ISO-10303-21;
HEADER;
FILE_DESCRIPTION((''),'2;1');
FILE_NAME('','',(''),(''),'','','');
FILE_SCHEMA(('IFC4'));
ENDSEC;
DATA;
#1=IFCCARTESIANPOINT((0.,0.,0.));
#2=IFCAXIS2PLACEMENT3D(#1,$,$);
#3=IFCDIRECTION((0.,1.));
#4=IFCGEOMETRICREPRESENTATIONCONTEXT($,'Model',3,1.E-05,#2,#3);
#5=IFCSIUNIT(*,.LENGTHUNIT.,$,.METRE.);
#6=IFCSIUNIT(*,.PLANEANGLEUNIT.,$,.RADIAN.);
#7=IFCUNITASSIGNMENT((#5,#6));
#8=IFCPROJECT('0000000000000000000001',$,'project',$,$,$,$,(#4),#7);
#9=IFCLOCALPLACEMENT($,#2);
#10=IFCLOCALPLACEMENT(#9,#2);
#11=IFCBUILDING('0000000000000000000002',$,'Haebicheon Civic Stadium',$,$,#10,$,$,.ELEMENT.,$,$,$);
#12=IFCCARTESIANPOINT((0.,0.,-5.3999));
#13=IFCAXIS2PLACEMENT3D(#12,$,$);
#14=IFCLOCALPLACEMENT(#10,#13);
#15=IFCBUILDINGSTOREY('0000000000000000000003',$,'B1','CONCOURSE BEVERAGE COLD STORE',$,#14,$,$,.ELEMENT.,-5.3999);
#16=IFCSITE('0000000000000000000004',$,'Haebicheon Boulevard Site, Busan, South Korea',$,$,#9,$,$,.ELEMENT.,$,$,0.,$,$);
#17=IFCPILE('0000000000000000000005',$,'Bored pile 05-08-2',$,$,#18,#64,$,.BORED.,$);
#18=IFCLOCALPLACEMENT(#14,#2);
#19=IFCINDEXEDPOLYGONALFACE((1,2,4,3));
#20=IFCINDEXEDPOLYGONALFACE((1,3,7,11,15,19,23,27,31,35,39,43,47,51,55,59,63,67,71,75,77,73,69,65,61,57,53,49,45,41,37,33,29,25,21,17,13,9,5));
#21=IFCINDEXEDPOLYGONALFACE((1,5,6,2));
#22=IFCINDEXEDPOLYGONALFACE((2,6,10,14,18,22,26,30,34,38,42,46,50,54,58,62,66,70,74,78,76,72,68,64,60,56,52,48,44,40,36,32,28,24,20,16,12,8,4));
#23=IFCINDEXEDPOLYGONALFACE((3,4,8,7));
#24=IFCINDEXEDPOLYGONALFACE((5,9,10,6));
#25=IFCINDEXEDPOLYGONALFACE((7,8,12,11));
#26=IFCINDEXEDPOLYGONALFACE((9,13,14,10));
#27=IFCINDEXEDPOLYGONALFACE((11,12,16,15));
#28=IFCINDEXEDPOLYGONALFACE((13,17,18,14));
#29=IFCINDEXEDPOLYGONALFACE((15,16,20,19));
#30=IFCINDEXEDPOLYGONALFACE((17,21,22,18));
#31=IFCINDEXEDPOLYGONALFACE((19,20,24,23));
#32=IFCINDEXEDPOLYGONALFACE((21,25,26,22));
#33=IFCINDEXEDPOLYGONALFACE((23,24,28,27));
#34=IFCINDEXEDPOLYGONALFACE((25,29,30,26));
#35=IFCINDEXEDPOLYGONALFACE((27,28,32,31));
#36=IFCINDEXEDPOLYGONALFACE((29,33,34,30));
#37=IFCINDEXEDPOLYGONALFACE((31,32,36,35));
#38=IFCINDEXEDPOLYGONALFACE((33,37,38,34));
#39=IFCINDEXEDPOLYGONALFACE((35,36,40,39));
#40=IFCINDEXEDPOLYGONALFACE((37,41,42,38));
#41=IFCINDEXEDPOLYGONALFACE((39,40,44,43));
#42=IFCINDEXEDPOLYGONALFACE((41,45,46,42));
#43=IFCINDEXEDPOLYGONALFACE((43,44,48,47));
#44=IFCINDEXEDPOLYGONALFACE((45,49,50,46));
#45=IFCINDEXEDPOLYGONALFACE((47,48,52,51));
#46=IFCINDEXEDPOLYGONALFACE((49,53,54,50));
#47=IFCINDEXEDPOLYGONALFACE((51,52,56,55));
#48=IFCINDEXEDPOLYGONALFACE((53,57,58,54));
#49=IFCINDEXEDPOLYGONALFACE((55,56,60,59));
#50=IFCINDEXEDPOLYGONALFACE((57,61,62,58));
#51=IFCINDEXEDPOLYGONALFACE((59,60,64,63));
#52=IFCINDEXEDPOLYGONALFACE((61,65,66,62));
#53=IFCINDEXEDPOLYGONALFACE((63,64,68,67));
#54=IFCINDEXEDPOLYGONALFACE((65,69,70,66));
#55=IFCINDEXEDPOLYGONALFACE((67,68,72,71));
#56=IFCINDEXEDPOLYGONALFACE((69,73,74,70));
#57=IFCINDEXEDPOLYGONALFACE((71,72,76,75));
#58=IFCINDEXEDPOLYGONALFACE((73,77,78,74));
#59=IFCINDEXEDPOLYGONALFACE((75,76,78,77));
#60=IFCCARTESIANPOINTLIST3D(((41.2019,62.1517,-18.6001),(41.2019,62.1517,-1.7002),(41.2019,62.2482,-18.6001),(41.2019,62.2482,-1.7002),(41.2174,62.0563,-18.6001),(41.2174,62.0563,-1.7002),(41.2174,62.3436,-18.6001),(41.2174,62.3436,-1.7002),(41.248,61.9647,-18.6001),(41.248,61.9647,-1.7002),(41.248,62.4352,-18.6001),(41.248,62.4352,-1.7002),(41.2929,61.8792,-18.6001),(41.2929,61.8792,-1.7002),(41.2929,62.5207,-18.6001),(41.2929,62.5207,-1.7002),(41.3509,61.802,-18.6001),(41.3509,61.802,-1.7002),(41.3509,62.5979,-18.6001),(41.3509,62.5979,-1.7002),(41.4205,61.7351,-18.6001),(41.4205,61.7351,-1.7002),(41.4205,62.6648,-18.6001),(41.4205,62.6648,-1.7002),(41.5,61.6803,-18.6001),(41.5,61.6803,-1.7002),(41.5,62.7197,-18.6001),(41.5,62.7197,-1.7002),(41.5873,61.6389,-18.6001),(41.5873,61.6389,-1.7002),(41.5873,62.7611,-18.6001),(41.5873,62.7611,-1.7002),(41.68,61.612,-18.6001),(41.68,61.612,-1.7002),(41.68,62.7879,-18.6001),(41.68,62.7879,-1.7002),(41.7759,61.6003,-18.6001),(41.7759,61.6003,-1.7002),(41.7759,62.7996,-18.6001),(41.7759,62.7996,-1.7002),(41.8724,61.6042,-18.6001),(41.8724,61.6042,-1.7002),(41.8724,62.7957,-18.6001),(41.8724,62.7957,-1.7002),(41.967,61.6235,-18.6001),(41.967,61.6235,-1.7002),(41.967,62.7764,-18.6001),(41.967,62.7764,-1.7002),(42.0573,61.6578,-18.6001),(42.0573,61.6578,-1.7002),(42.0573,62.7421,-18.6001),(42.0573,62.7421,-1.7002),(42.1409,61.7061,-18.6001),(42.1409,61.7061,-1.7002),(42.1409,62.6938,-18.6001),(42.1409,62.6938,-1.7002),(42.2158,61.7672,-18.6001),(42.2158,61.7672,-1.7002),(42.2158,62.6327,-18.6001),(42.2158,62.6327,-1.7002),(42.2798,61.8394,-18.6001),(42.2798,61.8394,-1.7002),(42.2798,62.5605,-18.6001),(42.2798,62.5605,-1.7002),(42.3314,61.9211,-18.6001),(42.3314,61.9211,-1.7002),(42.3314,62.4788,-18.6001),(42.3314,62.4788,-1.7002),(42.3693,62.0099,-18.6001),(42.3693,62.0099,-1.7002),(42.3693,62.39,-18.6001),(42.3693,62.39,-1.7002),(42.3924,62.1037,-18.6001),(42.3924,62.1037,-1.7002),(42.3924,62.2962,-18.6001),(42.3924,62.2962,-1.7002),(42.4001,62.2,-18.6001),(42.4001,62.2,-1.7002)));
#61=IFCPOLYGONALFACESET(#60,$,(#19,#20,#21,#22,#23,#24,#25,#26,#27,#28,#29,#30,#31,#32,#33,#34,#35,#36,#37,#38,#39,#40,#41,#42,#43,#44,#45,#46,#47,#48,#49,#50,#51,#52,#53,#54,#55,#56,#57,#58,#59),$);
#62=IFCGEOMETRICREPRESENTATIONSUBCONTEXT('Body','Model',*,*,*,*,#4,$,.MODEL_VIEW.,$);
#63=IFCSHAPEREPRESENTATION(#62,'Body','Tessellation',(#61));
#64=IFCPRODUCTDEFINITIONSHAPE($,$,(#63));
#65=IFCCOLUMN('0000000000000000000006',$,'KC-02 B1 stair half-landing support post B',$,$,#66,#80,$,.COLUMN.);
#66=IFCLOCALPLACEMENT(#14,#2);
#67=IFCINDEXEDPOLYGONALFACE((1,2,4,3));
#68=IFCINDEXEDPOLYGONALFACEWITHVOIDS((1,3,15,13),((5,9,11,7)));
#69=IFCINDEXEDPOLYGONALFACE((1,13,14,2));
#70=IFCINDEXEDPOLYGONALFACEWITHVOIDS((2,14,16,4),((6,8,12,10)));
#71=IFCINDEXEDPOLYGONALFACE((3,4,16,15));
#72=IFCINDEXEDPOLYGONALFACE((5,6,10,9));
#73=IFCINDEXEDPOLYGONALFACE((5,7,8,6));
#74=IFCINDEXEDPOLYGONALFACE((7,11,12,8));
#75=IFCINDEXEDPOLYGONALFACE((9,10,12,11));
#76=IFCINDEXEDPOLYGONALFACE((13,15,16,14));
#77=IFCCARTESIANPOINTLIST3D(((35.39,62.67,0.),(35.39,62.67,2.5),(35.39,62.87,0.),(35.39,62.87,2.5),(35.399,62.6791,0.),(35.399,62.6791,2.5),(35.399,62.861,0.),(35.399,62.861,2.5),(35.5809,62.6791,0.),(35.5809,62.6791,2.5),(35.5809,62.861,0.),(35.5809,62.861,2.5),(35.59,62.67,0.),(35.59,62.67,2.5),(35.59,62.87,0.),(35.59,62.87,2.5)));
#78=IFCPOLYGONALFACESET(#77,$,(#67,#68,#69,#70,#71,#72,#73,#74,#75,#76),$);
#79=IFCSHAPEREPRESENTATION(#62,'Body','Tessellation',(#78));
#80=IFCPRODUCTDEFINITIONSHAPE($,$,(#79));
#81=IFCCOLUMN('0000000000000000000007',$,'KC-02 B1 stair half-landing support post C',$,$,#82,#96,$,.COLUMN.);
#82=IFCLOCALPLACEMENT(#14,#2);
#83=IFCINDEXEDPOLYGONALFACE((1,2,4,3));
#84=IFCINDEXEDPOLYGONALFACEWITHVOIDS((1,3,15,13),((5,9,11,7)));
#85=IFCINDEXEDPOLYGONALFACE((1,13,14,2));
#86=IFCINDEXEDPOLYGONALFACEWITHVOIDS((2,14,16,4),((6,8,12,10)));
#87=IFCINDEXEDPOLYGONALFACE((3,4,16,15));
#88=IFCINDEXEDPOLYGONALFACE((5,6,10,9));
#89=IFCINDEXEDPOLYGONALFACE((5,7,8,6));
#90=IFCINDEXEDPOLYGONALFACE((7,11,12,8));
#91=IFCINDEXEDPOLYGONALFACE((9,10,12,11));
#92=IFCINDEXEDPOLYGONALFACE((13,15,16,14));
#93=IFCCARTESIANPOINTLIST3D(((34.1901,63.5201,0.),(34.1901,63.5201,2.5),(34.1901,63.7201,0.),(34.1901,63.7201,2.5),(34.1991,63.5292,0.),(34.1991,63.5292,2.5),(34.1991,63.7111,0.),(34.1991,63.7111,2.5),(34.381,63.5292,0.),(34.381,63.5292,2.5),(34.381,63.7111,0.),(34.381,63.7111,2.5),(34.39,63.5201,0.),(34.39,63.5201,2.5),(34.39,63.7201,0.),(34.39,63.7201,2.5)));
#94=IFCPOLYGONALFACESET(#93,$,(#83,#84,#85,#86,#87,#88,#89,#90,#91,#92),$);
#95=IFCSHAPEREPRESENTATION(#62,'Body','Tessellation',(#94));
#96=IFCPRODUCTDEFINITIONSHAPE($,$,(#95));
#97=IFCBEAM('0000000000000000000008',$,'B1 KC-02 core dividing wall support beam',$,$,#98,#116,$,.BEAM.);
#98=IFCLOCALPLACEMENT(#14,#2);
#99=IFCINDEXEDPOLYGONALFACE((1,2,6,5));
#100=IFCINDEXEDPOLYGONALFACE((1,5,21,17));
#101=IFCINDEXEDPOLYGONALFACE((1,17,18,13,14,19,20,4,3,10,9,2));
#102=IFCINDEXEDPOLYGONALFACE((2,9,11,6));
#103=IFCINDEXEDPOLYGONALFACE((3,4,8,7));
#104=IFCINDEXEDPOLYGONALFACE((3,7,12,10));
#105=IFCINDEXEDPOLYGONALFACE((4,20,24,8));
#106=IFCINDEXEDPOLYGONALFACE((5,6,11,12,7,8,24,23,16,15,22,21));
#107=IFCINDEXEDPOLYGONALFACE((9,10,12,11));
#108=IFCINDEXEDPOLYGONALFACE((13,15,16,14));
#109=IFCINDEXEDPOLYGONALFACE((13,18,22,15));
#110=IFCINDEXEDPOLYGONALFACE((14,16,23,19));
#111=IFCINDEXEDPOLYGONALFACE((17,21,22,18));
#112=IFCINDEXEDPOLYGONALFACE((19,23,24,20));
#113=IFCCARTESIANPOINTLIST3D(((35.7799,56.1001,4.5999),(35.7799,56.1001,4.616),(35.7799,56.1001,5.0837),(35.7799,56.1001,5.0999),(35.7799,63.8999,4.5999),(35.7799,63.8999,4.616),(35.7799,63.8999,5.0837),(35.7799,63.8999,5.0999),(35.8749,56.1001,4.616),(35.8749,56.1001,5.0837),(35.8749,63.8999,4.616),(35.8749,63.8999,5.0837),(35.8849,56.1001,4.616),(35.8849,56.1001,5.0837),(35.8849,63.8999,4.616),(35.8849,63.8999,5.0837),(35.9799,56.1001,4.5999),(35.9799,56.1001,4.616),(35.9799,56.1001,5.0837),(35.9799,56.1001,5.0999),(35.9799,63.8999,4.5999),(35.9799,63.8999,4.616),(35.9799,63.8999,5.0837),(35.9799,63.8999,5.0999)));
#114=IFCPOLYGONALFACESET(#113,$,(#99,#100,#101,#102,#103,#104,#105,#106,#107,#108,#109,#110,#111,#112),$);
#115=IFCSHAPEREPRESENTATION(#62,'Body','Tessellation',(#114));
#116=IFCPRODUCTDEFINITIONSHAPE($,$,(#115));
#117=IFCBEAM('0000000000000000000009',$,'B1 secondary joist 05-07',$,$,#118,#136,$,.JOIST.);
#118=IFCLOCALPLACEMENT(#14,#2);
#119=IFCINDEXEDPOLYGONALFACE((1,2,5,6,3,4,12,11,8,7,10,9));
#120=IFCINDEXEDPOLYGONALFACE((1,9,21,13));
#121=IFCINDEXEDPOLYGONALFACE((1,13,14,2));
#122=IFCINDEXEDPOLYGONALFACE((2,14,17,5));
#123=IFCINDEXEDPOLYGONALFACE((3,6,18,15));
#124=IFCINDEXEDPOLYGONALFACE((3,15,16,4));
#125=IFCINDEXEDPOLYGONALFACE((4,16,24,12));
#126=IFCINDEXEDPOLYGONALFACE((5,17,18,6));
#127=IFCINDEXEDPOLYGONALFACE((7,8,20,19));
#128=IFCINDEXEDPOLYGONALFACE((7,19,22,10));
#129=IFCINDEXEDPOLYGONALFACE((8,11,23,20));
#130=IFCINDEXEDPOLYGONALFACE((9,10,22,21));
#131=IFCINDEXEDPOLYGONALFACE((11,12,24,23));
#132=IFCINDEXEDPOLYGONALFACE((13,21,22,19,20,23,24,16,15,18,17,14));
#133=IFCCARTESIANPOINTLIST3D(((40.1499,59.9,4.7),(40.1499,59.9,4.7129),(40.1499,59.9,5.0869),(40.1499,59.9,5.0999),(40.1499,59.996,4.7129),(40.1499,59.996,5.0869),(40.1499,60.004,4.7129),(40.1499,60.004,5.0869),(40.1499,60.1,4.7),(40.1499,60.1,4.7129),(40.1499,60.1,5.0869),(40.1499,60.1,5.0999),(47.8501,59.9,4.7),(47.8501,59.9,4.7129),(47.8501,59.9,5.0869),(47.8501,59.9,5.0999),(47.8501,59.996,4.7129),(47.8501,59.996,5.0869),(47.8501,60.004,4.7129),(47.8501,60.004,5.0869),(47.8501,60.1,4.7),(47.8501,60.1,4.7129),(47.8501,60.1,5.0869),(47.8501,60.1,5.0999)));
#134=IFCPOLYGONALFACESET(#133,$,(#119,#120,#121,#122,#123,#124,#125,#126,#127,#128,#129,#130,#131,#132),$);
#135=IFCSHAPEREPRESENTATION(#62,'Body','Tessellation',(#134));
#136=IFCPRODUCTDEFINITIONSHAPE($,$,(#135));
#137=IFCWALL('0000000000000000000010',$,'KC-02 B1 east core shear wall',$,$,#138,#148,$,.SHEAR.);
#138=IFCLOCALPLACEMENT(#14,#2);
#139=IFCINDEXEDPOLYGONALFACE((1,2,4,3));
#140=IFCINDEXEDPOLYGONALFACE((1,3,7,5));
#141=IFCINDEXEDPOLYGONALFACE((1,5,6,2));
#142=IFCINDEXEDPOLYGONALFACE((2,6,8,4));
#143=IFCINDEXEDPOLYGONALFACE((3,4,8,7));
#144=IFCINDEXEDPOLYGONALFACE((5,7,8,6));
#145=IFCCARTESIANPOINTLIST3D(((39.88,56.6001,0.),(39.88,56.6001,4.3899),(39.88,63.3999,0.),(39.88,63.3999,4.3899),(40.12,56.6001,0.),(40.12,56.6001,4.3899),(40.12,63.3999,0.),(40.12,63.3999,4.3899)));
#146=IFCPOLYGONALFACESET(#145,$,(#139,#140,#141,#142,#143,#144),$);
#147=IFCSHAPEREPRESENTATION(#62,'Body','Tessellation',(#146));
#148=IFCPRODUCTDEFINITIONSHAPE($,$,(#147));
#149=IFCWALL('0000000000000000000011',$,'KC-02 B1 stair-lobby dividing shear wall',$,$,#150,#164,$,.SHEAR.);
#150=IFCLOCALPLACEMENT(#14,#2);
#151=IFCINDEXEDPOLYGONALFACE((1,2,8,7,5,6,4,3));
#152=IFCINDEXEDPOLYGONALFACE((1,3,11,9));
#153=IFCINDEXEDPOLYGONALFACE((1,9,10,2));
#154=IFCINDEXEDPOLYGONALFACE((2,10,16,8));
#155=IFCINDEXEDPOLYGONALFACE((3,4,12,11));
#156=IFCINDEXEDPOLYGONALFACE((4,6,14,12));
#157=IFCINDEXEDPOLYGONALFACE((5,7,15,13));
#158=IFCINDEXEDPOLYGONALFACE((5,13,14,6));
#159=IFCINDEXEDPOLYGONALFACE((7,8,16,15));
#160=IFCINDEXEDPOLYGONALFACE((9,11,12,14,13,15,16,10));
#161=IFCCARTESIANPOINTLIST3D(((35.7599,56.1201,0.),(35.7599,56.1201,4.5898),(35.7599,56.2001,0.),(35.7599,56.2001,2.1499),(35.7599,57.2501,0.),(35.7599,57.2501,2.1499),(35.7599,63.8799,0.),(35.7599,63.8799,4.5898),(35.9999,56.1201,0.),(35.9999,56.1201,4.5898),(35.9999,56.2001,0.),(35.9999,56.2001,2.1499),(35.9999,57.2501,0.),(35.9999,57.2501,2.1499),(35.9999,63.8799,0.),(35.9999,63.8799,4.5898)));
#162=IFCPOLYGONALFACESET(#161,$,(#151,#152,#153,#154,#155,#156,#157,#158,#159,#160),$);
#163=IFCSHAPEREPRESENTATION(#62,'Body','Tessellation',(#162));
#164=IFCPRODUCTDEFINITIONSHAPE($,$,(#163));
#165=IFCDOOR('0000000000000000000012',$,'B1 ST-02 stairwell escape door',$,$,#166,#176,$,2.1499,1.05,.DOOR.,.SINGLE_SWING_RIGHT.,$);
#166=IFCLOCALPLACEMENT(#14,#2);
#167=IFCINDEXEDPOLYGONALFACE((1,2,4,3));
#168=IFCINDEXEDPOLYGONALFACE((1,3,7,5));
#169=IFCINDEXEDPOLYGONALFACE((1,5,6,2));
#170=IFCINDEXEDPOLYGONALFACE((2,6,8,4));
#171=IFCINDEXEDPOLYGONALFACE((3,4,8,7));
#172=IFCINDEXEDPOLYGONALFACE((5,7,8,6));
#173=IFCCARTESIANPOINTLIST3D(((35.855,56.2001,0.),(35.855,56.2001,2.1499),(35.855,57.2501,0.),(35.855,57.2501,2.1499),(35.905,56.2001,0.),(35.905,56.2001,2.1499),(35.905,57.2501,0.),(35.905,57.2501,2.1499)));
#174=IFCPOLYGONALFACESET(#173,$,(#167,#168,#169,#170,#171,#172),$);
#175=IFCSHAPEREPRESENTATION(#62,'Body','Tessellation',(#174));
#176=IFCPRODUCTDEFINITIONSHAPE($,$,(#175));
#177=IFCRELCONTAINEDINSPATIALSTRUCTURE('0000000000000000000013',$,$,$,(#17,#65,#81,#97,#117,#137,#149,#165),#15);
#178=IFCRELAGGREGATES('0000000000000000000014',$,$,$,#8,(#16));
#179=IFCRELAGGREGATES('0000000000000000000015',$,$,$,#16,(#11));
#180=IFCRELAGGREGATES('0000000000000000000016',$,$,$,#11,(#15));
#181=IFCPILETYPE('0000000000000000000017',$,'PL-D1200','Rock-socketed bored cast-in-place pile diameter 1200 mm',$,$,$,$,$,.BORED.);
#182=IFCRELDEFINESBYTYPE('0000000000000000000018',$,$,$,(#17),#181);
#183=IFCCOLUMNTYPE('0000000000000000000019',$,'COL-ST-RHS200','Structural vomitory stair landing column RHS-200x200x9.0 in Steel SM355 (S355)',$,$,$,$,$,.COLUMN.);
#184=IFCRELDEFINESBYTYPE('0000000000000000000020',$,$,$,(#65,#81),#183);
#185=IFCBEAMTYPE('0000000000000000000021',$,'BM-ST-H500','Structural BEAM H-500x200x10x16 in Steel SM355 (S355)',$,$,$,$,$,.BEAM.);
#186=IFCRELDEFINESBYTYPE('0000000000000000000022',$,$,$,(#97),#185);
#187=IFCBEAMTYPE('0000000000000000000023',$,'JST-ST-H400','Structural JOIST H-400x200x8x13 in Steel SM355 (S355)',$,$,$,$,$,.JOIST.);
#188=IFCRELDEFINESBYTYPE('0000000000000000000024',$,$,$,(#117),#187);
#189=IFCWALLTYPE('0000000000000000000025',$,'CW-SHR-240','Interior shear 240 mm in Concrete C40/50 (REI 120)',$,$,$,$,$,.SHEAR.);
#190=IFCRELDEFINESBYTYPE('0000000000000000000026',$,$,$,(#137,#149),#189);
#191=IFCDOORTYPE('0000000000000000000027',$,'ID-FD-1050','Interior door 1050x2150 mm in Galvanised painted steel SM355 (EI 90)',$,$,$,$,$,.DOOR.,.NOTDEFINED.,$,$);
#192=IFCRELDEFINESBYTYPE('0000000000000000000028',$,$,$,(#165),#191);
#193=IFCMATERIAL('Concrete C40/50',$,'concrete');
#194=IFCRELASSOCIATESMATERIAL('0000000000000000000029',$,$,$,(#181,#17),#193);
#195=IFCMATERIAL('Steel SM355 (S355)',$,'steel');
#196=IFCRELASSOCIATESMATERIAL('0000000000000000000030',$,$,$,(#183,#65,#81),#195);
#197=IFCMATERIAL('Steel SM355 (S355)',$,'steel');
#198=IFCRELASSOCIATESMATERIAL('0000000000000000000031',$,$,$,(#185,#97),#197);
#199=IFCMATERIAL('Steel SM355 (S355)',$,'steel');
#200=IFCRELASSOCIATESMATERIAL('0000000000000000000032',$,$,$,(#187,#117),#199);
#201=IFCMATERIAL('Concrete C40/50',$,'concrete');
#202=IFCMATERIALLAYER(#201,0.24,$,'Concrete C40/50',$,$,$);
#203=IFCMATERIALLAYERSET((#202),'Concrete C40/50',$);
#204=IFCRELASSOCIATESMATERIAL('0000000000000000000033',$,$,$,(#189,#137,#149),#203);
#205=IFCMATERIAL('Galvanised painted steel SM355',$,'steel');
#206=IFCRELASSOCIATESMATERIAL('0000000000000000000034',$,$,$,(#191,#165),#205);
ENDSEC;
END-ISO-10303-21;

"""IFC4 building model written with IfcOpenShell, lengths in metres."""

from ifc_helpers import new_model, si_unit, direction, frame, frame_2d, origin, origin_2d, place, context, subcontext, project, spatial, rectangle, hollow_rectangle, circle, i_section, extrude, material, layer, layer_set, material_profile, profile_set, type_object, element, fill, save


model = new_model("IFC4")

# Units and contexts
model_context = context("Model", 3, precision=1e-05, world=origin(), true_north=direction((0.0, 1.0)))
body_context = subcontext(model_context, "Body", "Model", "MODEL_VIEW")
ifc_project = project(units=[si_unit("LENGTHUNIT", "METRE"), si_unit("PLANEANGLEUNIT", "RADIAN")], contexts=[model_context])

# Site, building, storey
site_placement = place(None, origin())
site = spatial("IfcSite", under=ifc_project, at=site_placement, Name="Haebicheon Boulevard Site, Busan, South Korea", CompositionType="ELEMENT", RefElevation=0.0)
building_placement = place(site_placement, origin())
building = spatial("IfcBuilding", under=site, at=building_placement, Name="Haebicheon Civic Stadium", CompositionType="ELEMENT")
storey_placement = place(building_placement, frame((0.0, 0.0, -5.3999)))
storey = spatial("IfcBuildingStorey", under=building, at=storey_placement, Name="B1", Description="CONCOURSE BEVERAGE COLD STORE", CompositionType="ELEMENT", Elevation=-5.3999)

# Pile
ifc_material_1 = material(Name="Concrete C40/50", Category="concrete")
ifc_material_profile_1 = material_profile(ifc_material_1, circle(Radius=0.6001, at=origin_2d()), Name="PILE-D1200")
ifc_profile_set_1 = profile_set([ifc_material_profile_1], Name="Concrete C40/50")
pile_type = type_object("IfcPileType", Name="PL-D1200", Description="Rock-socketed bored cast-in-place pile diameter 1200 mm", PredefinedType="BORED", material=ifc_profile_set_1)
for number, where, z_axis, x_axis, name in (
    (1, (41.8, 62.2, -1.7002), (0.0, 0.0, -1.0), (1.0, 0.0, 0.0), "Bored pile 05-08-2"),
):
    element("IfcPile", number, at=place(storey_placement, frame(where, z_axis=z_axis, x_axis=x_axis)), inside=storey, type_object=pile_type, material=ifc_profile_set_1, Name=name, PredefinedType="BORED", context=body_context, shape_type="SweptSolid", body=[
        extrude(circle(Radius=0.6001, at=origin_2d()), origin(), (0.0, 0.0, 1.0), 16.8999),
    ])

# Columns
ifc_material_2 = material(Name="Steel SM355 (S355)", Category="steel")
ifc_material_profile_2 = material_profile(ifc_material_2, hollow_rectangle(XDim=0.2, YDim=0.2, WallThickness=0.009, at=origin_2d()), Name="RHS-200x200x9.0")
ifc_profile_set_2 = profile_set([ifc_material_profile_2], Name="Steel SM355 (S355)")
column_type = type_object("IfcColumnType", Name="COL-ST-RHS200", Description="Structural vomitory stair landing column RHS-200x200x9.0 in Steel SM355 (S355)", PredefinedType="COLUMN", material=ifc_profile_set_2)
for number, where, z_axis, x_axis, name in (
    (2, (35.49, 62.77, 0.0), (0.0, 0.0, 1.0), (1.0, 0.0, 0.0), "KC-02 B1 stair half-landing support post B"),
    (3, (34.29, 63.6201, 0.0), (0.0, 0.0, 1.0), (1.0, 0.0, 0.0), "KC-02 B1 stair half-landing support post C"),
):
    element("IfcColumn", number, at=place(storey_placement, frame(where, z_axis=z_axis, x_axis=x_axis)), inside=storey, type_object=column_type, material=ifc_profile_set_2, Name=name, PredefinedType="COLUMN", context=body_context, shape_type="SweptSolid", body=[
        extrude(hollow_rectangle(XDim=0.2, YDim=0.2, WallThickness=0.009, at=origin_2d()), origin(), (0.0, 0.0, 1.0), 2.5),
    ])

# Beams
ifc_material_3 = material(Name="Steel SM355 (S355)", Category="steel")
ifc_material_profile_3 = material_profile(ifc_material_3, i_section(OverallWidth=0.2, OverallDepth=0.5, WebThickness=0.01, FlangeThickness=0.0161, at=origin_2d()), Name="H-500x200x10x16")
ifc_profile_set_3 = profile_set([ifc_material_profile_3], Name="Steel SM355 (S355)")
beam_type_1 = type_object("IfcBeamType", Name="BM-ST-H500", Description="Structural BEAM H-500x200x10x16 in Steel SM355 (S355)", PredefinedType="BEAM", material=ifc_profile_set_3)
beam_1_placement = place(storey_placement, frame((35.8799, 56.1001, 4.8499), z_axis=(0.0, 1.0, 0.0), x_axis=(-1.0, 0.0, 0.0)))
element("IfcBeam", 4, at=beam_1_placement, inside=storey, type_object=beam_type_1, material=ifc_profile_set_3, Name="B1 KC-02 core dividing wall support beam", PredefinedType="BEAM", context=body_context, shape_type="SweptSolid", body=[
    extrude(i_section(OverallWidth=0.2, OverallDepth=0.5, WebThickness=0.01, FlangeThickness=0.0161, at=origin_2d()), origin(), (0.0, 0.0, 1.0), 7.7998),
])
ifc_material_4 = material(Name="Steel SM355 (S355)", Category="steel")
ifc_material_profile_4 = material_profile(ifc_material_4, i_section(OverallWidth=0.2, OverallDepth=0.3999, WebThickness=0.0081, FlangeThickness=0.0129, at=origin_2d()), Name="H-400x200x8x13")
ifc_profile_set_4 = profile_set([ifc_material_profile_4], Name="Steel SM355 (S355)")
beam_type_2 = type_object("IfcBeamType", Name="JST-ST-H400", Description="Structural JOIST H-400x200x8x13 in Steel SM355 (S355)", PredefinedType="JOIST", material=ifc_profile_set_4)
beam_2_placement = place(storey_placement, frame((40.1499, 60.0, 4.8999), z_axis=(1.0, 0.0, 0.0), x_axis=(0.0, 1.0, 0.0)))
element("IfcBeam", 5, at=beam_2_placement, inside=storey, type_object=beam_type_2, material=ifc_profile_set_4, Name="B1 secondary joist 05-07", PredefinedType="JOIST", context=body_context, shape_type="SweptSolid", body=[
    extrude(i_section(OverallWidth=0.2, OverallDepth=0.3999, WebThickness=0.0081, FlangeThickness=0.0129, at=origin_2d()), origin(), (0.0, 0.0, 1.0), 7.7002),
])

# Wall
ifc_material_5 = material(Name="Concrete C40/50", Category="concrete")
ifc_layer_1 = layer(ifc_material_5, 0.24, Name="Concrete C40/50")
ifc_layer_set_1 = layer_set([ifc_layer_1], Name="Concrete C40/50")
wall_type = type_object("IfcWallType", Name="CW-SHR-240", Description="Interior shear 240 mm in Concrete C40/50 (REI 120)", PredefinedType="SHEAR", material=ifc_layer_set_1)
wall_1_placement = place(storey_placement, frame((40.0, 56.6001, 0.0), z_axis=(0.0, 0.0, 1.0), x_axis=(0.0, 1.0, 0.0)))
element("IfcWall", 6, at=wall_1_placement, inside=storey, type_object=wall_type, material=ifc_layer_set_1, Name="KC-02 B1 east core shear wall", PredefinedType="SHEAR", context=body_context, shape_type="SweptSolid", body=[
    extrude(rectangle(XDim=6.7998, YDim=0.24, at=frame_2d((3.3999, 0.0))), origin(), (0.0, 0.0, 1.0), 4.3899),
])

# Wall, opening, door
wall_2_placement = place(storey_placement, frame((35.8799, 56.1201, 0.0), z_axis=(0.0, 0.0, 1.0), x_axis=(0.0, 1.0, 0.0)))
wall_2 = element("IfcWall", 7, at=wall_2_placement, inside=storey, type_object=wall_type, material=ifc_layer_set_1, Name="KC-02 B1 stair-lobby dividing shear wall", PredefinedType="SHEAR", context=body_context, shape_type="SweptSolid", body=[
    extrude(rectangle(XDim=7.7598, YDim=0.24, at=frame_2d((3.8799, 0.0))), origin(), (0.0, 0.0, 1.0), 4.5898),
])
opening_1_placement = place(wall_2_placement, frame((0.0801, 0.0, 0.0)))
opening_1 = element("IfcOpeningElement", 8, at=opening_1_placement, cuts=wall_2, PredefinedType="OPENING", context=body_context, shape_type="SweptSolid", body=[
    extrude(rectangle(XDim=1.05, YDim=2.1499, at=frame_2d((0.5249, 1.075))), frame((0.0, 0.1299, 0.0), z_axis=(0.0, -1.0, 0.0), x_axis=(1.0, 0.0, 0.0)), (0.0, 0.0, 1.0), 0.26),
])
ifc_material_6 = material(Name="Galvanised painted steel SM355", Category="steel")
door_type_1 = type_object("IfcDoorType", Name="ID-FD-1050", Description="Interior door 1050x2150 mm in Galvanised painted steel SM355 (EI 90)", OperationType="NOTDEFINED", PredefinedType="DOOR", material=ifc_material_6)
door_1_placement = place(opening_1_placement, origin())
door_1 = element("IfcDoor", 9, at=door_1_placement, inside=storey, type_object=door_type_1, material=ifc_material_6, Name="B1 ST-02 stairwell escape door", OperationType="SINGLE_SWING_RIGHT", OverallHeight=2.1499, OverallWidth=1.05, PredefinedType="DOOR", context=body_context, shape_type="SweptSolid", body=[
    extrude(rectangle(XDim=1.05, YDim=2.1499, at=frame_2d((0.5249, 1.075))), frame((0.0, 0.0249, 0.0), z_axis=(0.0, -1.0, 0.0), x_axis=(1.0, 0.0, 0.0)), (0.0, 0.0, 1.0), 0.05),
])
fill(opening_1, door_1)

save(model, "model.ifc")
